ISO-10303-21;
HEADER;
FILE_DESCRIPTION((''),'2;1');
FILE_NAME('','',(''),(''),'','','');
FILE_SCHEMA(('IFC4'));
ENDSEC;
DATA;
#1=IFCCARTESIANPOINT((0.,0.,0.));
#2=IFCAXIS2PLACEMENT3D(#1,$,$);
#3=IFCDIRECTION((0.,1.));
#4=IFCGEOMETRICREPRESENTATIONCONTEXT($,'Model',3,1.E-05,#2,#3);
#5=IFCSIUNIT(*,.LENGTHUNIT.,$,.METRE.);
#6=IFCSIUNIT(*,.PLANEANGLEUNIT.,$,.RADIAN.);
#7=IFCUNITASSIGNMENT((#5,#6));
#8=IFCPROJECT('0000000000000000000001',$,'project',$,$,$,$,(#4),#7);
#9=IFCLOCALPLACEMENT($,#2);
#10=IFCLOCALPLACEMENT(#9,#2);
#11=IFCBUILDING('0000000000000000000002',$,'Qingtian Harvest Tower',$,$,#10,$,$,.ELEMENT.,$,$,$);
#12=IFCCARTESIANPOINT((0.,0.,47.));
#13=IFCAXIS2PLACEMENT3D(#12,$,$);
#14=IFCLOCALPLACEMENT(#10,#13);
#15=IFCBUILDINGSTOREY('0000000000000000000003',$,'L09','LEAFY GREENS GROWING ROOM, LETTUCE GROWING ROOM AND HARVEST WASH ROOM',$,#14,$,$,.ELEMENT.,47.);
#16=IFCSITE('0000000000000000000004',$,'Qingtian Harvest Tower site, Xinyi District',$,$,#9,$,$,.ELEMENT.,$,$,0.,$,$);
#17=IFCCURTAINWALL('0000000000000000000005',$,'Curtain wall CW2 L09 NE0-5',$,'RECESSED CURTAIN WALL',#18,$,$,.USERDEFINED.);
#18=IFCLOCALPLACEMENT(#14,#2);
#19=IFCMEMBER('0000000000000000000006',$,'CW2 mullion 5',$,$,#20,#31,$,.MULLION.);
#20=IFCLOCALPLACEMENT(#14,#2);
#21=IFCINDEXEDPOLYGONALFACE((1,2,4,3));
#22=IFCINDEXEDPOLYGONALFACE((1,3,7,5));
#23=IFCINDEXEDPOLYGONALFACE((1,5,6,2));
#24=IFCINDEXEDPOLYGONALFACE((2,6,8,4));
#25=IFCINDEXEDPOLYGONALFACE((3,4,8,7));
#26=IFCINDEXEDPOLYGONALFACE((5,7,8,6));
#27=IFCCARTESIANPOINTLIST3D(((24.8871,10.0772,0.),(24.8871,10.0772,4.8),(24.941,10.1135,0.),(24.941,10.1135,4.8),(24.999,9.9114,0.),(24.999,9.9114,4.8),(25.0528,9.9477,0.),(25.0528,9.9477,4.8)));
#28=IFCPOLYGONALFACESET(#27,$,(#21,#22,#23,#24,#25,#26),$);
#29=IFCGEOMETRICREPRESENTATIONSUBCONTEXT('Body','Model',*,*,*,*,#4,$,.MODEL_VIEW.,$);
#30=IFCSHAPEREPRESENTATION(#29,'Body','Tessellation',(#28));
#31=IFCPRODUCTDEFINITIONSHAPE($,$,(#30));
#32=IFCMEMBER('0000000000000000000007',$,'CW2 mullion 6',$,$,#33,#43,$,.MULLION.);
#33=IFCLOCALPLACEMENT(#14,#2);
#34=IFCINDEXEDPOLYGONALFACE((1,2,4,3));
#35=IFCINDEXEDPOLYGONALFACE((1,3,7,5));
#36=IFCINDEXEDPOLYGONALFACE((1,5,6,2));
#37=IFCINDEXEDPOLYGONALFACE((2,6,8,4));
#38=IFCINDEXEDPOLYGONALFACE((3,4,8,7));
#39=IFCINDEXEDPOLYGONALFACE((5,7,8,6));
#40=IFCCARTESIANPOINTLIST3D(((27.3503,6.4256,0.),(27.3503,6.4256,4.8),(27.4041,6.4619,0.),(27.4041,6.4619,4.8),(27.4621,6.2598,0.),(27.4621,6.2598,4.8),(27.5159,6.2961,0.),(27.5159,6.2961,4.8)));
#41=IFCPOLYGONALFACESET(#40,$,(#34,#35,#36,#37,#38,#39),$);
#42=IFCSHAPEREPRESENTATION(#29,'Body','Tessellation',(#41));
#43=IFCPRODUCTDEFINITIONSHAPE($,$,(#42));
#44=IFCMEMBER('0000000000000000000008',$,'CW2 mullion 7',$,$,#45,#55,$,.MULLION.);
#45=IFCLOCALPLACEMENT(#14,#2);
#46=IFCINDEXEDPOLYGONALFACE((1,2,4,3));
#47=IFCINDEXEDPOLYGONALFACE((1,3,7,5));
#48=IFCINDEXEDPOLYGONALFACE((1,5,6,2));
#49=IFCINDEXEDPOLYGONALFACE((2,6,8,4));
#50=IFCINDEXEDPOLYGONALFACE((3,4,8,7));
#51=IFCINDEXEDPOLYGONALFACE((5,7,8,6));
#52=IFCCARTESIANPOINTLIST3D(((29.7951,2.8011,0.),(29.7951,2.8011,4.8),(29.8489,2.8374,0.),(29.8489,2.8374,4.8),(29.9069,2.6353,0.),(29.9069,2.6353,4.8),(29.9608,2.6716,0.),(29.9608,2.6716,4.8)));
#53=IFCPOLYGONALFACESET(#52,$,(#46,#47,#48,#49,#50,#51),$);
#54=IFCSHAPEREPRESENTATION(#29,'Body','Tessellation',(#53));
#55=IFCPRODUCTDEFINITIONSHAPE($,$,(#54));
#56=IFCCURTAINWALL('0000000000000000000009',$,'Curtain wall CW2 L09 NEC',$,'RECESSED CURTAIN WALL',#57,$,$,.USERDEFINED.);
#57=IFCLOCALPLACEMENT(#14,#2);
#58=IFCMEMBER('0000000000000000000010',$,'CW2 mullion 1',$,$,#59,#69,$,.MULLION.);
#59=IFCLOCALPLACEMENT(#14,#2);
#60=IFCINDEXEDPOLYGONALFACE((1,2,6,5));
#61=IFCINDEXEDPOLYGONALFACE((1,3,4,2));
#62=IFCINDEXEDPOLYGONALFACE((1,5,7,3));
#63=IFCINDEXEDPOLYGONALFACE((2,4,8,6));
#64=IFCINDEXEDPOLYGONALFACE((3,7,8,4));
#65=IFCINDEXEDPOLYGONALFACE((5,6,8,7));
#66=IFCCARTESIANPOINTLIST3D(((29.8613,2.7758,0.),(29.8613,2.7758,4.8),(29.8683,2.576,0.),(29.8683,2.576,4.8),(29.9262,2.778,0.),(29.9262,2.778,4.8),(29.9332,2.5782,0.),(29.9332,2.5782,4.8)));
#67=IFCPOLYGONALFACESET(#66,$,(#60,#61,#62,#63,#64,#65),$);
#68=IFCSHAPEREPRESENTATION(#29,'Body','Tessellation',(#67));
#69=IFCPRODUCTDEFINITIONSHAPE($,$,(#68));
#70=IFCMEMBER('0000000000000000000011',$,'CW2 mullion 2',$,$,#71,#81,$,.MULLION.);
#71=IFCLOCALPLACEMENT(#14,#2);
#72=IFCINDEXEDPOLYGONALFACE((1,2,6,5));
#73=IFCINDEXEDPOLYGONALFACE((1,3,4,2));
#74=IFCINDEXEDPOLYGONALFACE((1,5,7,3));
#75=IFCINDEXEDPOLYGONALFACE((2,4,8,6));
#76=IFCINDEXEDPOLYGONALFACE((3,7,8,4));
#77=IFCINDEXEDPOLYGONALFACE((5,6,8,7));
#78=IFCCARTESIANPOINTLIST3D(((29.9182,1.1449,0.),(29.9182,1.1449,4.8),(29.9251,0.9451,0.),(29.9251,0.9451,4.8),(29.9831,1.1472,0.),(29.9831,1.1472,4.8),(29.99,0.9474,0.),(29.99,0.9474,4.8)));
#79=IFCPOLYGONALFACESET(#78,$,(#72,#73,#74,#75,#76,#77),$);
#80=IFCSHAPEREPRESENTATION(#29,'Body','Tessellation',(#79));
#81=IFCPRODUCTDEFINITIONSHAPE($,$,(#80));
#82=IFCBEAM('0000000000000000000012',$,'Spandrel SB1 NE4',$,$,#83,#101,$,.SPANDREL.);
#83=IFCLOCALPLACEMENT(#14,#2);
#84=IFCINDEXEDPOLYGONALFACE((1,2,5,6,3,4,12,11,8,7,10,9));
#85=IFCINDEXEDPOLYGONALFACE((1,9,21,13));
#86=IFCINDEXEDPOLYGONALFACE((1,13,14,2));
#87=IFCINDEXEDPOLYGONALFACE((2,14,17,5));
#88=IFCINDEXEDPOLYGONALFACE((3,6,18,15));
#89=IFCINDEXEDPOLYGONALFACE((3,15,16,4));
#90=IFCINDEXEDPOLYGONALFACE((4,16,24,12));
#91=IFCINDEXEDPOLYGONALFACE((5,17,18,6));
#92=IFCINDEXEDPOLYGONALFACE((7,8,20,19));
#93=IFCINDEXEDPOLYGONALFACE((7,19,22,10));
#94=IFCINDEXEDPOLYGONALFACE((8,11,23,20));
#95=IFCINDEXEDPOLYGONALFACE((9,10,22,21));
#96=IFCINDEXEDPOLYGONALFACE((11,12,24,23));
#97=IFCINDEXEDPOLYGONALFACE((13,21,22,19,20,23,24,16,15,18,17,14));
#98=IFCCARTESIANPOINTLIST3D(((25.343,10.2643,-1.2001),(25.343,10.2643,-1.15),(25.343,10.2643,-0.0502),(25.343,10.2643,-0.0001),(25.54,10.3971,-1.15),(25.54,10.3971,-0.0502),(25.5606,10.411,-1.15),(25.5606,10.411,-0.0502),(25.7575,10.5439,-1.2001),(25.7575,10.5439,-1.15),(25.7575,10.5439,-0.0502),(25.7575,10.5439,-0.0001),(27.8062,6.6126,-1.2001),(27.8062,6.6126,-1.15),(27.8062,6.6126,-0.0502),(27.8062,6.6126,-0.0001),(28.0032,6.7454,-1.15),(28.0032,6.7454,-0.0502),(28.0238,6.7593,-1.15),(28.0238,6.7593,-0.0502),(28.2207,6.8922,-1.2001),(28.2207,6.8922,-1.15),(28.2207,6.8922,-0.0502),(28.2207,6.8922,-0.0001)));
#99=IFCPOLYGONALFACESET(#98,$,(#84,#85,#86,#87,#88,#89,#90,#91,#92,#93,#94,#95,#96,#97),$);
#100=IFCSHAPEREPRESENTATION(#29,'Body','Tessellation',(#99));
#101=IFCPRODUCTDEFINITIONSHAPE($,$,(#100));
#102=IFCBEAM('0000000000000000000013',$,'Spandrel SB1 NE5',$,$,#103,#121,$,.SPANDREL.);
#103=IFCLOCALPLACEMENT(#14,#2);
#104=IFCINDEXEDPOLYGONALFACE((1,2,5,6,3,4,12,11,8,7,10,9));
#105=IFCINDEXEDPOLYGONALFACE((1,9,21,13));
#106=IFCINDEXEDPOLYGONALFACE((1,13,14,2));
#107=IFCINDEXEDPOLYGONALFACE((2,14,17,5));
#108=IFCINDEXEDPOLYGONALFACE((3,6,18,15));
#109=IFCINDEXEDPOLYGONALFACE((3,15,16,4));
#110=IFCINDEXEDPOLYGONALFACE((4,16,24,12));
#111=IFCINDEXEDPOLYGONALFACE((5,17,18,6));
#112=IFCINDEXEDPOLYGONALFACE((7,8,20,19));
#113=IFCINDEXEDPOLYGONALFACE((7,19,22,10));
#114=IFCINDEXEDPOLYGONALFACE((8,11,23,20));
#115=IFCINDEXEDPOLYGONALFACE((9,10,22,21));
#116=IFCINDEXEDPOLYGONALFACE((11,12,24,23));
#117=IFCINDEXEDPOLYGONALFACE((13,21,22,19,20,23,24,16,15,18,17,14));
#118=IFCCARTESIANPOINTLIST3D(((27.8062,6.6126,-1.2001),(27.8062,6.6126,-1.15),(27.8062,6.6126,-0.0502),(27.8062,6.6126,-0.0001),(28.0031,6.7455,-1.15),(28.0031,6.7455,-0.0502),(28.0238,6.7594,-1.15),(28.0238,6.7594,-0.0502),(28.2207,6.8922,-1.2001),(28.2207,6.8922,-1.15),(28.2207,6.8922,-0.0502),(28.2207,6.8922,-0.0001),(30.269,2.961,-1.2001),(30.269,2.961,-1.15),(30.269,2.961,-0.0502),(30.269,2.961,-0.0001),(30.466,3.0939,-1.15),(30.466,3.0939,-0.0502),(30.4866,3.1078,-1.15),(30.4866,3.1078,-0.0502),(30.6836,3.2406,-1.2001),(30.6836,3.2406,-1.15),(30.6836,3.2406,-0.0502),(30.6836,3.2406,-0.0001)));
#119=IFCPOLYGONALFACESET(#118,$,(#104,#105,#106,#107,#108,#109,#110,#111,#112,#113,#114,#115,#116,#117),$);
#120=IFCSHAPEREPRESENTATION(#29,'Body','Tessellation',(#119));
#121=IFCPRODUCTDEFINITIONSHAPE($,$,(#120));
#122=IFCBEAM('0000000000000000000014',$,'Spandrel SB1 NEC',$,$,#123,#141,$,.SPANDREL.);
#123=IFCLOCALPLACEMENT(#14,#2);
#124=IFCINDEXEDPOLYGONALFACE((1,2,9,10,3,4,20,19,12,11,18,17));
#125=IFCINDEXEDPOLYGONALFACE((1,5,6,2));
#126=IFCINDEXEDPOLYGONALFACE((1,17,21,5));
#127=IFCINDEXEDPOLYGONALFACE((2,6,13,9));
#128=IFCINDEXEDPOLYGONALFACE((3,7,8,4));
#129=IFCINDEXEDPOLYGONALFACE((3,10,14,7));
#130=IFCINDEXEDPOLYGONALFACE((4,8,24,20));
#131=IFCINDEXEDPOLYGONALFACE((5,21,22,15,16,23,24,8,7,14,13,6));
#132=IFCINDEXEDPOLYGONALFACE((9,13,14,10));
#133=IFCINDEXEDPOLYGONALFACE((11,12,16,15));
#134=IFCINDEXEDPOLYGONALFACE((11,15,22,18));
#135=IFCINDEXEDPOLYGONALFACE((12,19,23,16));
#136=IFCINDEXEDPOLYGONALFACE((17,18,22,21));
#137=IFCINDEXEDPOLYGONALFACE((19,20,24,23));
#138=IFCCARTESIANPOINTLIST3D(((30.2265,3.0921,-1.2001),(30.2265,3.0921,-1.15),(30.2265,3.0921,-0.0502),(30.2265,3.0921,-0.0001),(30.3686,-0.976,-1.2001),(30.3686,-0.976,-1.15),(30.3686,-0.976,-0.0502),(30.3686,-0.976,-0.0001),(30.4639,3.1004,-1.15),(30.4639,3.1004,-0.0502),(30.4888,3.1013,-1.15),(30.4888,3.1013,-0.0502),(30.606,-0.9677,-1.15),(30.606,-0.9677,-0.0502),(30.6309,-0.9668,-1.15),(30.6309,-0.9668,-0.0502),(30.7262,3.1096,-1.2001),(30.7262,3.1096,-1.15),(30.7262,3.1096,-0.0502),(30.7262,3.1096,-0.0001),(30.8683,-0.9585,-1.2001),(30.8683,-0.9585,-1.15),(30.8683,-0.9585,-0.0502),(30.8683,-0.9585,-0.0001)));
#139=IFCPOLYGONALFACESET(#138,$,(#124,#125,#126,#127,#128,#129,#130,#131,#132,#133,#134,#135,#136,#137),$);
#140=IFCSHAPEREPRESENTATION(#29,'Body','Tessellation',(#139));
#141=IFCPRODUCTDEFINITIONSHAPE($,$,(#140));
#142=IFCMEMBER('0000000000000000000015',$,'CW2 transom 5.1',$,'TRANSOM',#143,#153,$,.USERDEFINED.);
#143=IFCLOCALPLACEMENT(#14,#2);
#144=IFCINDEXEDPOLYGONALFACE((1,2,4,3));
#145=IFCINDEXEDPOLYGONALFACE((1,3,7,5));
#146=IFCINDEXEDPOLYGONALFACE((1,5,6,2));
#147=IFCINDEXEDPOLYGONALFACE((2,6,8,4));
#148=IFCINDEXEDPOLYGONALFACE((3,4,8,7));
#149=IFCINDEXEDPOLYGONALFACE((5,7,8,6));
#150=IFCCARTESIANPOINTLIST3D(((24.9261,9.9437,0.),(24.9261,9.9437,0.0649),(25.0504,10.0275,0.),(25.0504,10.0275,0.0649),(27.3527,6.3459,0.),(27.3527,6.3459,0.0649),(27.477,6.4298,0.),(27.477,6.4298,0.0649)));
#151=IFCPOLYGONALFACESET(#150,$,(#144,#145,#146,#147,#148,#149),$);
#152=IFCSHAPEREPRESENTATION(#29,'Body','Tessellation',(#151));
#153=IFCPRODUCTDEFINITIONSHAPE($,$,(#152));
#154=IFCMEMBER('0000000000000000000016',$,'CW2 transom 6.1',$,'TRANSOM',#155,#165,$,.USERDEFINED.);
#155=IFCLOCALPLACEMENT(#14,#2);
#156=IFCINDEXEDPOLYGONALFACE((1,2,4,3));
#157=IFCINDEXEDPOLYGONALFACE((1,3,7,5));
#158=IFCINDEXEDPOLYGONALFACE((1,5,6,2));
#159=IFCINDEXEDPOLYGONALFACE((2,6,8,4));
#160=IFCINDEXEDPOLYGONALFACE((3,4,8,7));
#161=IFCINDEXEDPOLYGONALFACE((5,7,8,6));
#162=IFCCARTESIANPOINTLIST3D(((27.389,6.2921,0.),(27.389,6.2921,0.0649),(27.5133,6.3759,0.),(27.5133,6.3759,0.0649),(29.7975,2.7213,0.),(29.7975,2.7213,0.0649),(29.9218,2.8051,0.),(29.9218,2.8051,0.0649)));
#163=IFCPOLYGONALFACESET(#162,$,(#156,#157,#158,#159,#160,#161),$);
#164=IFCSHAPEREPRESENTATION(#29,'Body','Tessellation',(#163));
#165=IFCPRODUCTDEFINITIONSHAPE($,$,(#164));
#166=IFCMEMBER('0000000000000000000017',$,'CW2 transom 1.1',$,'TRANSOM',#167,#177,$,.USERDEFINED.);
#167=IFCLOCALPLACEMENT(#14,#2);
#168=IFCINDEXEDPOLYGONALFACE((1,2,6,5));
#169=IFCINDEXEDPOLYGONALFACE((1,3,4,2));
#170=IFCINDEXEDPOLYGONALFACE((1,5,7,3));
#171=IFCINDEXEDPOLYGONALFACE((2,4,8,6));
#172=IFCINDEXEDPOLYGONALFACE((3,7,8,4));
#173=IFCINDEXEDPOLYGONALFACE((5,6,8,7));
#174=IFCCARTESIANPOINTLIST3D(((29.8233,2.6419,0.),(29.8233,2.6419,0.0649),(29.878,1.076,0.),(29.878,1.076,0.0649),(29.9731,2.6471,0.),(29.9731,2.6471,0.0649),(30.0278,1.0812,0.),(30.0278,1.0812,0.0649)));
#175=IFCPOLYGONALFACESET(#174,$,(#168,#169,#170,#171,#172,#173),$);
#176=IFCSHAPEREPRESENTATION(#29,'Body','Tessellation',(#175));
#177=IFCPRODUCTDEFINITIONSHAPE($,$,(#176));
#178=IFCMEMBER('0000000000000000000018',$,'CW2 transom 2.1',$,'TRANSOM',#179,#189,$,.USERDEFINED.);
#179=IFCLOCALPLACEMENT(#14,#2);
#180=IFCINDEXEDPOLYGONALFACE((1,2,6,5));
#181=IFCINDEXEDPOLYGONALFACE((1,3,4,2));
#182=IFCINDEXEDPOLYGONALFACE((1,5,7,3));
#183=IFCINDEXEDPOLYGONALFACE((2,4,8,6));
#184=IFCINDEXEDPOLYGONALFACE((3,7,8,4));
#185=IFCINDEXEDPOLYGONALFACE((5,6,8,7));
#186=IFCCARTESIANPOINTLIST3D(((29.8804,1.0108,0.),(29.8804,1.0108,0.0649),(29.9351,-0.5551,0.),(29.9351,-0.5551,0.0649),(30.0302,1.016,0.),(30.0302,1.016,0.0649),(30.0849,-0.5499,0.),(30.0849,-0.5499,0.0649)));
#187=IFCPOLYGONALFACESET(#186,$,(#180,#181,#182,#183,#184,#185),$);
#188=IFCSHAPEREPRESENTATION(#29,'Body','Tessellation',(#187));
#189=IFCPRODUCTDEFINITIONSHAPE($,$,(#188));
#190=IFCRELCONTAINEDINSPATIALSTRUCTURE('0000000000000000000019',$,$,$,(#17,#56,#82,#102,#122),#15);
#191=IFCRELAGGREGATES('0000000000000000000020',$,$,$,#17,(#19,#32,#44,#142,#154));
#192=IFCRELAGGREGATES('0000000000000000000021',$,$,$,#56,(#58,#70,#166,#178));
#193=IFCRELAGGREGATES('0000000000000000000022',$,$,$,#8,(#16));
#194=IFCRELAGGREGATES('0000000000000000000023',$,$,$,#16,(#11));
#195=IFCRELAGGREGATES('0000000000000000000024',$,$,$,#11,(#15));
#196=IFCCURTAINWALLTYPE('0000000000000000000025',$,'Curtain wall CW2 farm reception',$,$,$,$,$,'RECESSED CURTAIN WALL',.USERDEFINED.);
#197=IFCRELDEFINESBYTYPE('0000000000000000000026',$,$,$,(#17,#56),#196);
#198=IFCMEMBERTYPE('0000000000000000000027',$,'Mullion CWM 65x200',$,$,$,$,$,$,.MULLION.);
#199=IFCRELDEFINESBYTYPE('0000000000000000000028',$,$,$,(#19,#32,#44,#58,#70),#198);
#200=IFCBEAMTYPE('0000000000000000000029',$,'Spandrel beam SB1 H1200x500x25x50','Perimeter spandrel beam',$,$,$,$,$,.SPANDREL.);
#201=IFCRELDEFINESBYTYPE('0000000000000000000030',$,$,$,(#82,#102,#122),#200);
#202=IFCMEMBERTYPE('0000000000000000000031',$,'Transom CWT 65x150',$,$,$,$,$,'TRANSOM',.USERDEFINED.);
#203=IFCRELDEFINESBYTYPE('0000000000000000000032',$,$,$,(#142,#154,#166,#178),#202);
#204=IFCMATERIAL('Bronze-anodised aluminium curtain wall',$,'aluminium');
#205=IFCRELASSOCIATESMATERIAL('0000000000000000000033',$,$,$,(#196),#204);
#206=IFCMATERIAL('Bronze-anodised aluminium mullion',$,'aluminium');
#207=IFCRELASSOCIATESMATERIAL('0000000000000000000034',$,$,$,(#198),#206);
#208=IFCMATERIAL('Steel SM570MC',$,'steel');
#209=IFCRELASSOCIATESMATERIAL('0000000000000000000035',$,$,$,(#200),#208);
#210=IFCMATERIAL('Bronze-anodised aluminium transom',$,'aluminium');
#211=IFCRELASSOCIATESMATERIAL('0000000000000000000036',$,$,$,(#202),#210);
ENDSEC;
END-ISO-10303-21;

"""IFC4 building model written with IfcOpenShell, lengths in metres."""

from ifc_helpers import new_model, si_unit, direction, frame, origin, origin_2d, place, context, subcontext, project, spatial, rectangle, i_section, extrude, material, material_profile, profile_set, type_object, element, aggregate, save


model = new_model("IFC4")

# Units and contexts
model_context = context("Model", 3, precision=1e-05, world=origin(), true_north=direction((0.0, 1.0)))
body_context = subcontext(model_context, "Body", "Model", "MODEL_VIEW")
ifc_project = project(units=[si_unit("LENGTHUNIT", "METRE"), si_unit("PLANEANGLEUNIT", "RADIAN")], contexts=[model_context])

# Site, building, storey
site_placement = place(None, origin())
site = spatial("IfcSite", under=ifc_project, at=site_placement, Name="Qingtian Harvest Tower site, Xinyi District", CompositionType="ELEMENT", RefElevation=0.0)
building_placement = place(site_placement, origin())
building = spatial("IfcBuilding", under=site, at=building_placement, Name="Qingtian Harvest Tower", CompositionType="ELEMENT")
storey_placement = place(building_placement, frame((0.0, 0.0, 47.0)))
storey = spatial("IfcBuildingStorey", under=building, at=storey_placement, Name="L09", Description="LEAFY GREENS GROWING ROOM, LETTUCE GROWING ROOM AND HARVEST WASH ROOM", CompositionType="ELEMENT", Elevation=47.0)

# Curtain walls, members
ifc_material_1 = material(Name="Bronze-anodised aluminium curtain wall", Category="aluminium")
curtain_wall_type = type_object("IfcCurtainWallType", Name="Curtain wall CW2 farm reception", ElementType="RECESSED CURTAIN WALL", PredefinedType="USERDEFINED", material=ifc_material_1)
curtain_wall_1_placement = place(storey_placement, origin())
curtain_wall_1 = element("IfcCurtainWall", 1, at=curtain_wall_1_placement, inside=storey, type_object=curtain_wall_type, Name="Curtain wall CW2 L09 NE0-5", ObjectType="RECESSED CURTAIN WALL", PredefinedType="USERDEFINED")
ifc_material_2 = material(Name="Bronze-anodised aluminium mullion", Category="aluminium")
ifc_material_profile_1 = material_profile(ifc_material_2, rectangle(XDim=0.0649, YDim=0.2, at=origin_2d()), Name="AL 65x200")
ifc_profile_set_1 = profile_set([ifc_material_profile_1], Name="Bronze-anodised aluminium mullion")
member_type_1 = type_object("IfcMemberType", Name="Mullion CWM 65x200", PredefinedType="MULLION", material=ifc_profile_set_1)
member_1_placement = place(storey_placement, frame((24.97, 10.0125, 0.0), z_axis=(0.0, 0.0, 1.0), x_axis=(0.829038, 0.559193, 0.0)))
member_1 = element("IfcMember", 2, at=member_1_placement, type_object=member_type_1, Name="CW2 mullion 5", PredefinedType="MULLION", context=body_context, shape_type="SweptSolid", body=[
    extrude(rectangle(XDim=0.0649, YDim=0.2, at=origin_2d()), origin(), (0.0, 0.0, 1.0), 4.8),
])
member_2_placement = place(storey_placement, frame((27.4331, 6.3608, 0.0), z_axis=(0.0, 0.0, 1.0), x_axis=(0.829038, 0.559193, 0.0)))
member_2 = element("IfcMember", 3, at=member_2_placement, type_object=member_type_1, Name="CW2 mullion 6", PredefinedType="MULLION", context=body_context, shape_type="SweptSolid", body=[
    extrude(rectangle(XDim=0.0649, YDim=0.2, at=origin_2d()), origin(), (0.0, 0.0, 1.0), 4.8),
])
member_3_placement = place(storey_placement, frame((29.8779, 2.7363, 0.0), z_axis=(0.0, 0.0, 1.0), x_axis=(0.829038, 0.559193, 0.0)))
member_3 = element("IfcMember", 4, at=member_3_placement, type_object=member_type_1, Name="CW2 mullion 7", PredefinedType="MULLION", context=body_context, shape_type="SweptSolid", body=[
    extrude(rectangle(XDim=0.0649, YDim=0.2, at=origin_2d()), origin(), (0.0, 0.0, 1.0), 4.8),
])
curtain_wall_2_placement = place(storey_placement, origin())
curtain_wall_2 = element("IfcCurtainWall", 5, at=curtain_wall_2_placement, inside=storey, type_object=curtain_wall_type, Name="Curtain wall CW2 L09 NEC", ObjectType="RECESSED CURTAIN WALL", PredefinedType="USERDEFINED")
member_4_placement = place(storey_placement, frame((29.8972, 2.677, 0.0), z_axis=(0.0, 0.0, 1.0), x_axis=(0.999391, 0.034899, 0.0)))
member_4 = element("IfcMember", 6, at=member_4_placement, type_object=member_type_1, Name="CW2 mullion 1", PredefinedType="MULLION", context=body_context, shape_type="SweptSolid", body=[
    extrude(rectangle(XDim=0.0649, YDim=0.2, at=origin_2d()), origin(), (0.0, 0.0, 1.0), 4.8),
])
member_5_placement = place(storey_placement, frame((29.9541, 1.0461, 0.0), z_axis=(0.0, 0.0, 1.0), x_axis=(0.999391, 0.034899, 0.0)))
member_5 = element("IfcMember", 7, at=member_5_placement, type_object=member_type_1, Name="CW2 mullion 2", PredefinedType="MULLION", context=body_context, shape_type="SweptSolid", body=[
    extrude(rectangle(XDim=0.0649, YDim=0.2, at=origin_2d()), origin(), (0.0, 0.0, 1.0), 4.8),
])

# Beams
ifc_material_3 = material(Name="Steel SM570MC", Category="steel")
ifc_material_profile_2 = material_profile(ifc_material_3, i_section(OverallWidth=0.5, OverallDepth=1.2, WebThickness=0.0249, FlangeThickness=0.05, at=origin_2d()), Name="H1200x500x25x50")
ifc_profile_set_2 = profile_set([ifc_material_profile_2], Name="Steel SM570MC")
beam_type_1 = type_object("IfcBeamType", Name="Spandrel beam SB1 H1200x500x25x50", Description="Perimeter spandrel beam", PredefinedType="SPANDREL", material=ifc_profile_set_2)
beam_1_placement = place(storey_placement, frame((25.5503, 10.4041, -0.6001), z_axis=(0.559207, -0.829028, 0.0), x_axis=(0.829028, 0.559207, 0.0)))
element("IfcBeam", 8, at=beam_1_placement, inside=storey, type_object=beam_type_1, Name="Spandrel SB1 NE4", PredefinedType="SPANDREL", context=body_context, shape_type="SweptSolid", body=[
    extrude(i_section(OverallWidth=0.5, OverallDepth=1.2, WebThickness=0.0249, FlangeThickness=0.05, at=origin_2d()), origin(), (0.0, 0.0, 1.0), 4.4048),
])
beam_2_placement = place(storey_placement, frame((28.0134, 6.7524, -0.6001), z_axis=(0.559169, -0.829054, 0.0), x_axis=(0.829054, 0.559169, 0.0)))
element("IfcBeam", 9, at=beam_2_placement, inside=storey, type_object=beam_type_1, Name="Spandrel SB1 NE5", PredefinedType="SPANDREL", context=body_context, shape_type="SweptSolid", body=[
    extrude(i_section(OverallWidth=0.5, OverallDepth=1.2, WebThickness=0.0249, FlangeThickness=0.05, at=origin_2d()), origin(), (0.0, 0.0, 1.0), 4.4045),
])
beam_3_placement = place(storey_placement, frame((30.4763, 3.1008, -0.6001), z_axis=(0.034906, -0.999391, 0.0), x_axis=(0.999391, 0.034906, 0.0)))
element("IfcBeam", 10, at=beam_3_placement, inside=storey, type_object=beam_type_1, Name="Spandrel SB1 NEC", PredefinedType="SPANDREL", context=body_context, shape_type="SweptSolid", body=[
    extrude(i_section(OverallWidth=0.5, OverallDepth=1.2, WebThickness=0.0249, FlangeThickness=0.05, at=origin_2d()), origin(), (0.0, 0.0, 1.0), 4.0706),
])

# Members
ifc_material_4 = material(Name="Bronze-anodised aluminium transom", Category="aluminium")
ifc_material_profile_3 = material_profile(ifc_material_4, rectangle(XDim=0.1499, YDim=0.0649, at=origin_2d()), Name="AL 65x150")
ifc_profile_set_3 = profile_set([ifc_material_profile_3], Name="Bronze-anodised aluminium transom")
member_type_2 = type_object("IfcMemberType", Name="Transom CWT 65x150", ElementType="TRANSOM", PredefinedType="USERDEFINED", material=ifc_profile_set_3)
member_6_placement = place(storey_placement, frame((24.9883, 9.9856, 0.0325), z_axis=(0.559171, -0.829052, 0.0), x_axis=(0.829052, 0.559171, 0.0)))
member_6 = element("IfcMember", 11, at=member_6_placement, type_object=member_type_2, Name="CW2 transom 5.1", ObjectType="TRANSOM", PredefinedType="USERDEFINED", context=body_context, shape_type="SweptSolid", body=[
    extrude(rectangle(XDim=0.1499, YDim=0.0649, at=origin_2d()), origin(), (0.0, 0.0, 1.0), 4.3396),
])
member_7_placement = place(storey_placement, frame((27.4512, 6.334, 0.0325), z_axis=(0.559179, -0.829047, 0.0), x_axis=(0.829047, 0.559179, 0.0)))
member_7 = element("IfcMember", 12, at=member_7_placement, type_object=member_type_2, Name="CW2 transom 6.1", ObjectType="TRANSOM", PredefinedType="USERDEFINED", context=body_context, shape_type="SweptSolid", body=[
    extrude(rectangle(XDim=0.1499, YDim=0.0649, at=origin_2d()), origin(), (0.0, 0.0, 1.0), 4.3071),
])
member_8_placement = place(storey_placement, frame((29.8982, 2.6445, 0.0325), z_axis=(0.034902, -0.999391, 0.0), x_axis=(0.999391, 0.034902, 0.0)))
member_8 = element("IfcMember", 13, at=member_8_placement, type_object=member_type_2, Name="CW2 transom 1.1", ObjectType="TRANSOM", PredefinedType="USERDEFINED", context=body_context, shape_type="SweptSolid", body=[
    extrude(rectangle(XDim=0.1499, YDim=0.0649, at=origin_2d()), origin(), (0.0, 0.0, 1.0), 1.5669),
])
member_9_placement = place(storey_placement, frame((29.9553, 1.0134, 0.0325), z_axis=(0.034902, -0.999391, 0.0), x_axis=(0.999391, 0.034902, 0.0)))
member_9 = element("IfcMember", 14, at=member_9_placement, type_object=member_type_2, Name="CW2 transom 2.1", ObjectType="TRANSOM", PredefinedType="USERDEFINED", context=body_context, shape_type="SweptSolid", body=[
    extrude(rectangle(XDim=0.1499, YDim=0.0649, at=origin_2d()), origin(), (0.0, 0.0, 1.0), 1.5669),
])

aggregate(curtain_wall_1, [member_1, member_2, member_3, member_6, member_7])
aggregate(curtain_wall_2, [member_4, member_5, member_8, member_9])

save(model, "model.ifc")
